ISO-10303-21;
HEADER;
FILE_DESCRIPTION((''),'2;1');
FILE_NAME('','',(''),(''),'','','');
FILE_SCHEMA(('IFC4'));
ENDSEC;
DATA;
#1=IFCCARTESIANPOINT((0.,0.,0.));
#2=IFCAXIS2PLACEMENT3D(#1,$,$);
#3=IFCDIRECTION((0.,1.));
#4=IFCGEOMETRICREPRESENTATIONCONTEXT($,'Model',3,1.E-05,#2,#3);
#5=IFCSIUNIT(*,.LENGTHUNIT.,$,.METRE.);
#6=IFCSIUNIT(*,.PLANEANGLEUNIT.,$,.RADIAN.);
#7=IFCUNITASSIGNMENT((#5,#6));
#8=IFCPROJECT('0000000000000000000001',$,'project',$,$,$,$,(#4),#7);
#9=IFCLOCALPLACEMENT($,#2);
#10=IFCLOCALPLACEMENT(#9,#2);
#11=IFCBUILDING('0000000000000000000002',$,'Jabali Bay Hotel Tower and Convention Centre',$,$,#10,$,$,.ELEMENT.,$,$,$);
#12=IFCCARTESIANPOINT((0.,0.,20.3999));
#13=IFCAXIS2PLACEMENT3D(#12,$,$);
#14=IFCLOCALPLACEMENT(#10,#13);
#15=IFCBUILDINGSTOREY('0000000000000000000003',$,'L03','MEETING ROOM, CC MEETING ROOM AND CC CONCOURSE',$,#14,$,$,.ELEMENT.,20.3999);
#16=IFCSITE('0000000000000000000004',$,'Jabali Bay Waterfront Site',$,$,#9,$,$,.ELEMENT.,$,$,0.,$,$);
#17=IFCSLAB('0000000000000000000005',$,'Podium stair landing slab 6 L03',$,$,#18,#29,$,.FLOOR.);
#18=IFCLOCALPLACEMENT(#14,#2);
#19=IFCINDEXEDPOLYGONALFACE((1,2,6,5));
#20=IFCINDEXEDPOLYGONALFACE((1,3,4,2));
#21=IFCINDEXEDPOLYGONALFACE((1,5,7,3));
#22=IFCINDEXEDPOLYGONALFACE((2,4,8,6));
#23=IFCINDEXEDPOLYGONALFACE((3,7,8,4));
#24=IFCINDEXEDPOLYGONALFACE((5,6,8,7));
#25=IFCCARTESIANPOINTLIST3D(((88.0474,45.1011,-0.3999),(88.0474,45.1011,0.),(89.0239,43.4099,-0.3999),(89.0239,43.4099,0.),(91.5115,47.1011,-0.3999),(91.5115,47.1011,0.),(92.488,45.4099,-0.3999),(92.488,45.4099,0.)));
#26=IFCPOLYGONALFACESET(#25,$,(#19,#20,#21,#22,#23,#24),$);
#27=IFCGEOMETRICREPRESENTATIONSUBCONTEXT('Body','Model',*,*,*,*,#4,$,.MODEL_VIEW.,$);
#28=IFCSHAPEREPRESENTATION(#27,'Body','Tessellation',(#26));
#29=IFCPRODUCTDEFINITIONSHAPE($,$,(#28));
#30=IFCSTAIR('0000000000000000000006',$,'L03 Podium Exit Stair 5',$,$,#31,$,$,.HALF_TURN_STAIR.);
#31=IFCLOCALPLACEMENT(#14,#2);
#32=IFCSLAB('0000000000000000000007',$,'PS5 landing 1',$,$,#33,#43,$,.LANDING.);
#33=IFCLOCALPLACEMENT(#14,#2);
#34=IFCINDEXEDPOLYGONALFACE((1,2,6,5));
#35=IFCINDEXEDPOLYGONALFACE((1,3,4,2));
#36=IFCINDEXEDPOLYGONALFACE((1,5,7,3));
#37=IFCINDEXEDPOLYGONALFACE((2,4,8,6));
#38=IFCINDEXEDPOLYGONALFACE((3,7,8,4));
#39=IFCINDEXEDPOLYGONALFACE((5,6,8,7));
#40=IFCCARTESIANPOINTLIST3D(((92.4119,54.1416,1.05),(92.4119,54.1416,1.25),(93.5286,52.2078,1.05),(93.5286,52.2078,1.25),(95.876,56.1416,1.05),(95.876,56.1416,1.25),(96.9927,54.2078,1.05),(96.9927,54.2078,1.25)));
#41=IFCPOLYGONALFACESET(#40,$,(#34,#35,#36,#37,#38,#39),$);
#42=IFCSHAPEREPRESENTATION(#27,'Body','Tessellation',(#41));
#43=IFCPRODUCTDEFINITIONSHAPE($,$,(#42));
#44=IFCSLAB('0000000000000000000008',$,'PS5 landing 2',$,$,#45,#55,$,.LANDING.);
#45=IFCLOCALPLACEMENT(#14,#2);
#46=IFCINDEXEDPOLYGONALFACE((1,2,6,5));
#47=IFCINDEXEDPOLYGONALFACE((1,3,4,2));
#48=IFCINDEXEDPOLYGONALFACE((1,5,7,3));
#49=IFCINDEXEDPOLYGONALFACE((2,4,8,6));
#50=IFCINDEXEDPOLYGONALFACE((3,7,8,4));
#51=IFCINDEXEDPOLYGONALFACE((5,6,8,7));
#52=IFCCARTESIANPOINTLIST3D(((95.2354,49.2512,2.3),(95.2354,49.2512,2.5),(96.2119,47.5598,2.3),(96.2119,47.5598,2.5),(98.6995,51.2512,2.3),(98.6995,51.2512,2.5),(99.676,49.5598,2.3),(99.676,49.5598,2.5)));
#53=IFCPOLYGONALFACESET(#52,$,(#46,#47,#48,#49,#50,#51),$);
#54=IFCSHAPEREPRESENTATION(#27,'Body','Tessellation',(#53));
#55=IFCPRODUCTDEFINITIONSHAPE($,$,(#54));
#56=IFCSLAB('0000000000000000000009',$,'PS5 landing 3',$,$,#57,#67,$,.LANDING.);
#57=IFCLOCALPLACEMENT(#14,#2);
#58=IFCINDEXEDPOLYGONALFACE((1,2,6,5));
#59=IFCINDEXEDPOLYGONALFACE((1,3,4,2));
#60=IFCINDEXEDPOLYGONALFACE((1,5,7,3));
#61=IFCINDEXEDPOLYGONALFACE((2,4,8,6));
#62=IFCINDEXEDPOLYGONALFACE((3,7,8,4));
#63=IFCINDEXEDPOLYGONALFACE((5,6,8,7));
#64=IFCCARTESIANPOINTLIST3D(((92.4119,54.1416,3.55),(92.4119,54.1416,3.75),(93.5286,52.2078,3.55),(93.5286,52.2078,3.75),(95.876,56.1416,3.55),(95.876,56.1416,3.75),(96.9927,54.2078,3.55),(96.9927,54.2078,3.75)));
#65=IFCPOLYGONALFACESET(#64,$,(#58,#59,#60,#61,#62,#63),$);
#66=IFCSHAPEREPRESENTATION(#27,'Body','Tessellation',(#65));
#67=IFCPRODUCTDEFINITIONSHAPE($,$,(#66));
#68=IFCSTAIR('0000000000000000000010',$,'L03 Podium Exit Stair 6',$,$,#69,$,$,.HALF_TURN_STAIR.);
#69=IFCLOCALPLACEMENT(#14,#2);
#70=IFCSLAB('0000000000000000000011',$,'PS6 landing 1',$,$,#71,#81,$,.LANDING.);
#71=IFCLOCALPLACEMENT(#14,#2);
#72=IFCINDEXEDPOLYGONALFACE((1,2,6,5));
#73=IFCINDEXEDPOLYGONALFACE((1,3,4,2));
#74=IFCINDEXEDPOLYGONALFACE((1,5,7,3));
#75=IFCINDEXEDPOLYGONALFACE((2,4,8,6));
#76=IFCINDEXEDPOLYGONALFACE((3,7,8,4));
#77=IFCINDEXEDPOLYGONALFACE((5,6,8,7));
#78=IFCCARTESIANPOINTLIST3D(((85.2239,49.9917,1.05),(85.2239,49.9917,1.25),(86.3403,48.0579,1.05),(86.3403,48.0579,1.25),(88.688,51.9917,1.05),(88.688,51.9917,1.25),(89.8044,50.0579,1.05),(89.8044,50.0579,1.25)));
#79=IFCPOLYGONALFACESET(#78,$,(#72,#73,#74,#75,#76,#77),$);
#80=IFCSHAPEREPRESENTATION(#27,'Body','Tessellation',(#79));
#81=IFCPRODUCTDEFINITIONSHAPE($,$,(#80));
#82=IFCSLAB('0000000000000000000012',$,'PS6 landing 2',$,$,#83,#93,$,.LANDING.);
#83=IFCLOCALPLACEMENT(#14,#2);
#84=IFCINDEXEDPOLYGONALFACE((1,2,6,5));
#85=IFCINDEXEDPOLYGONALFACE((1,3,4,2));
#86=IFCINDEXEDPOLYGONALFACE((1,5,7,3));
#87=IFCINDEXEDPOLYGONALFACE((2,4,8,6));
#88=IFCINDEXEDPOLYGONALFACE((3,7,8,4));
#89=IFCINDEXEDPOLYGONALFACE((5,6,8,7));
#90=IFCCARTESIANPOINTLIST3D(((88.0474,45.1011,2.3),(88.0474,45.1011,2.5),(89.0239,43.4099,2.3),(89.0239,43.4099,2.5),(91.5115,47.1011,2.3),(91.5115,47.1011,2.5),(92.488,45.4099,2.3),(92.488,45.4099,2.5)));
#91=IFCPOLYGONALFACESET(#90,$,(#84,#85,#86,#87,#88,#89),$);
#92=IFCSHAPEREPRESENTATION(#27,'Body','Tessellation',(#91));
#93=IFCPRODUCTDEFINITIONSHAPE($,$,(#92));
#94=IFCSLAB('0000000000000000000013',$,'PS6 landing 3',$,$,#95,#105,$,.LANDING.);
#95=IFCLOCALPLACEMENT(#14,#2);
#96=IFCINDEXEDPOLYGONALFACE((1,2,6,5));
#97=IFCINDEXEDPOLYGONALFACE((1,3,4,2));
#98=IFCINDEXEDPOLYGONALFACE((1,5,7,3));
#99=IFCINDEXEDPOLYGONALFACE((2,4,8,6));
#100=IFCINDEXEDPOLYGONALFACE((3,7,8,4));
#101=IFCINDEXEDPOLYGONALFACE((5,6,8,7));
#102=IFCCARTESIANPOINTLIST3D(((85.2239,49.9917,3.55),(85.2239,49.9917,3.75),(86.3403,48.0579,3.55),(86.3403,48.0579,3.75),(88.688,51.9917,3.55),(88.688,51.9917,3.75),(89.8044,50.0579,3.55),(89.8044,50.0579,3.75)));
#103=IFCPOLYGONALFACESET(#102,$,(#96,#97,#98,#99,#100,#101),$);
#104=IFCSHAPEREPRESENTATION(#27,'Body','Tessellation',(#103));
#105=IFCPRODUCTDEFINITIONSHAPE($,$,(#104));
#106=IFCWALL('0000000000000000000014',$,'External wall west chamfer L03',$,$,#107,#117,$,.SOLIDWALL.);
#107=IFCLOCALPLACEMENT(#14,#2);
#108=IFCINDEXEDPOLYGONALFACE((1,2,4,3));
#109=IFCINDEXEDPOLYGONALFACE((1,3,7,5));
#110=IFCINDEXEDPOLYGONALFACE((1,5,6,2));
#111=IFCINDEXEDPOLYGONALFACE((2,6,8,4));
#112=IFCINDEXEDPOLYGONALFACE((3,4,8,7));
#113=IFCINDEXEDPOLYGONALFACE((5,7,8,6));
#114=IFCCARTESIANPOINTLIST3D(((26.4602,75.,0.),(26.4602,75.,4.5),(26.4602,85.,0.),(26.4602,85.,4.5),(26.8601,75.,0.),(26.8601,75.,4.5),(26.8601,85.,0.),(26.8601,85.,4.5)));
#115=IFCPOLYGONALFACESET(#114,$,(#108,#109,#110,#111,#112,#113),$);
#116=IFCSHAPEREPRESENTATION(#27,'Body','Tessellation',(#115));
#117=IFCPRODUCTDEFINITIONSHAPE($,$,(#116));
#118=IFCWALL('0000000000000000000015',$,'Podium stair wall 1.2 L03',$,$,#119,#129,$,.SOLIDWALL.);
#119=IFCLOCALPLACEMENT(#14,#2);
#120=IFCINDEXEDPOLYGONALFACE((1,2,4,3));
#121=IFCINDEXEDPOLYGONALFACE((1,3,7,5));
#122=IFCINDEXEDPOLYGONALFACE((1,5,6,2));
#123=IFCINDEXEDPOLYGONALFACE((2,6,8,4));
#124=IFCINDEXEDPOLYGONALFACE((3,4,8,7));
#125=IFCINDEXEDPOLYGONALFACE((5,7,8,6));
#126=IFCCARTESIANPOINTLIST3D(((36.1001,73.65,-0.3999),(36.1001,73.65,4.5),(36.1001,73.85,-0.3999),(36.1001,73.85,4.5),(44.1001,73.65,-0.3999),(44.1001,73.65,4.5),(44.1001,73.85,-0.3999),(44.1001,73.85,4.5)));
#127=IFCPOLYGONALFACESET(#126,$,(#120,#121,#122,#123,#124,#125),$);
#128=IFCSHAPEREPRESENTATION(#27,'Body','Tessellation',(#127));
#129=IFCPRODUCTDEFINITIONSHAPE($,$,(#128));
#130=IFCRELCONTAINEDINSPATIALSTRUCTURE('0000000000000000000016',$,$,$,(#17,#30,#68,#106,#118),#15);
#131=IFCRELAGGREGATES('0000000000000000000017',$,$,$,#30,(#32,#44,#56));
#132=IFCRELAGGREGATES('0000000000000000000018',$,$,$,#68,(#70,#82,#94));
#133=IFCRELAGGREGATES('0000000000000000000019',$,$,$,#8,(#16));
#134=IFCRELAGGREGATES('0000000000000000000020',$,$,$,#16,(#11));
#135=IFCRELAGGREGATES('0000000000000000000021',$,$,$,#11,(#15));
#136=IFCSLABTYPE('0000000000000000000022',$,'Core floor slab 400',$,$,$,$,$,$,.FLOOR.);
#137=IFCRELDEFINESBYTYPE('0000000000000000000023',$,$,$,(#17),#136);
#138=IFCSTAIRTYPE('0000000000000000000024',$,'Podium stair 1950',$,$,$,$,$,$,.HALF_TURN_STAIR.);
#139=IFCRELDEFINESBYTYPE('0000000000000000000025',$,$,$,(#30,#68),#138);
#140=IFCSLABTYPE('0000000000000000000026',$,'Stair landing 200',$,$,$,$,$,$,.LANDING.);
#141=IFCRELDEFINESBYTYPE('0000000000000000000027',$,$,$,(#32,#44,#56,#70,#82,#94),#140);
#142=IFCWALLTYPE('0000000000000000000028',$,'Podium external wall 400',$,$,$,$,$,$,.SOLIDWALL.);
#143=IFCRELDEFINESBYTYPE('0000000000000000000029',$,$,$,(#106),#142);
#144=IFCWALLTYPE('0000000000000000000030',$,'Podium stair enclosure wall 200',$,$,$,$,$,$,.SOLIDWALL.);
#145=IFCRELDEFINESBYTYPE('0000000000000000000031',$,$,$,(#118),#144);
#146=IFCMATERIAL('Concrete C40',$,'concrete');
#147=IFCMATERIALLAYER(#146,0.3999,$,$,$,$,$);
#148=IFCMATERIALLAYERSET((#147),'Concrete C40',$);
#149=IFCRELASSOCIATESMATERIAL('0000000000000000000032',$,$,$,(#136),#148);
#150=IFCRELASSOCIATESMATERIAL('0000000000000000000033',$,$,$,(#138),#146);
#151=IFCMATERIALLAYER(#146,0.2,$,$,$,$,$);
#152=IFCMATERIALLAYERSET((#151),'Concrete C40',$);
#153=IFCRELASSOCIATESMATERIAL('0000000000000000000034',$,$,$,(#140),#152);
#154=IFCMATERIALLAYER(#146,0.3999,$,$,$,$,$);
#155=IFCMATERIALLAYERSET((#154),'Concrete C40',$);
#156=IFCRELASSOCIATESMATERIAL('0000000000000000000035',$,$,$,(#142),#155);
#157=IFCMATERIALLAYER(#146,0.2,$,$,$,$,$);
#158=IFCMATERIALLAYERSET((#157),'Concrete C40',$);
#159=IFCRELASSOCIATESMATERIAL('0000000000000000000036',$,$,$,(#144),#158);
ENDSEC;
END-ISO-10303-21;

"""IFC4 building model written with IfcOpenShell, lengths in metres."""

from ifc_helpers import new_model, si_unit, direction, frame, frame_2d, origin, place, context, subcontext, project, spatial, polyline, rectangle, outline, extrude, material, layer, layer_set, type_object, element, aggregate, save


model = new_model("IFC4")

# Units and contexts
model_context = context("Model", 3, precision=1e-05, world=origin(), true_north=direction((0.0, 1.0)))
body_context = subcontext(model_context, "Body", "Model", "MODEL_VIEW")
ifc_project = project(units=[si_unit("LENGTHUNIT", "METRE"), si_unit("PLANEANGLEUNIT", "RADIAN")], contexts=[model_context])

# Site, building, storey
site_placement = place(None, origin())
site = spatial("IfcSite", under=ifc_project, at=site_placement, Name="Jabali Bay Waterfront Site", CompositionType="ELEMENT", RefElevation=0.0)
building_placement = place(site_placement, origin())
building = spatial("IfcBuilding", under=site, at=building_placement, Name="Jabali Bay Hotel Tower and Convention Centre", CompositionType="ELEMENT")
storey_placement = place(building_placement, frame((0.0, 0.0, 20.3999)))
storey = spatial("IfcBuildingStorey", under=building, at=storey_placement, Name="L03", Description="MEETING ROOM, CC MEETING ROOM AND CC CONCOURSE", CompositionType="ELEMENT", Elevation=20.3999)

# Shared definitions
ifc_material_1 = material(Name="Concrete C40", Category="concrete")

# Slab
ifc_layer_1 = layer(ifc_material_1, 0.3999)
ifc_layer_set_1 = layer_set([ifc_layer_1], Name="Concrete C40")
slab_type_1 = type_object("IfcSlabType", Name="Core floor slab 400", PredefinedType="FLOOR", material=ifc_layer_set_1)
slab_1_placement = place(storey_placement, frame((0.0, 0.0, -0.3999)))
element("IfcSlab", 1, at=slab_1_placement, inside=storey, type_object=slab_type_1, Name="Podium stair landing slab 6 L03", PredefinedType="FLOOR", context=body_context, shape_type="SweptSolid", body=[
    extrude(outline(polyline([(92.488, 45.4099), (91.5115, 47.1011), (88.0474, 45.1011), (89.0239, 43.4099), (92.488, 45.4099)])), origin(), (0.0, 0.0, 1.0), 0.3999),
])

# Stairs, slabs
stair_type_1 = type_object("IfcStairType", Name="Podium stair 1950", PredefinedType="HALF_TURN_STAIR", material=ifc_material_1)
stair_1_placement = place(storey_placement, origin())
stair_1 = element("IfcStair", 2, at=stair_1_placement, inside=storey, type_object=stair_type_1, Name="L03 Podium Exit Stair 5", PredefinedType="HALF_TURN_STAIR")
ifc_layer_2 = layer(ifc_material_1, 0.2)
ifc_layer_set_2 = layer_set([ifc_layer_2], Name="Concrete C40")
slab_type_2 = type_object("IfcSlabType", Name="Stair landing 200", PredefinedType="LANDING", material=ifc_layer_set_2)
slab_2_placement = place(storey_placement, frame((0.0, 0.0, 1.05)))
slab_2 = element("IfcSlab", 3, at=slab_2_placement, type_object=slab_type_2, Name="PS5 landing 1", PredefinedType="LANDING", context=body_context, shape_type="SweptSolid", body=[
    extrude(outline(polyline([(96.9927, 54.2078), (95.876, 56.1416), (92.4119, 54.1416), (93.5286, 52.2078), (96.9927, 54.2078)])), origin(), (0.0, 0.0, 1.0), 0.2),
])
slab_3_placement = place(storey_placement, frame((0.0, 0.0, 2.3)))
slab_3 = element("IfcSlab", 4, at=slab_3_placement, type_object=slab_type_2, Name="PS5 landing 2", PredefinedType="LANDING", context=body_context, shape_type="SweptSolid", body=[
    extrude(outline(polyline([(99.676, 49.5598), (98.6995, 51.2512), (95.2354, 49.2512), (96.2119, 47.5598), (99.676, 49.5598)])), origin(), (0.0, 0.0, 1.0), 0.2),
])
slab_4_placement = place(storey_placement, frame((0.0, 0.0, 3.55)))
slab_4 = element("IfcSlab", 5, at=slab_4_placement, type_object=slab_type_2, Name="PS5 landing 3", PredefinedType="LANDING", context=body_context, shape_type="SweptSolid", body=[
    extrude(outline(polyline([(96.9927, 54.2078), (95.876, 56.1416), (92.4119, 54.1416), (93.5286, 52.2078), (96.9927, 54.2078)])), origin(), (0.0, 0.0, 1.0), 0.2),
])
aggregate(stair_1, [slab_2, slab_3, slab_4])
stair_2_placement = place(storey_placement, origin())
stair_2 = element("IfcStair", 6, at=stair_2_placement, inside=storey, type_object=stair_type_1, Name="L03 Podium Exit Stair 6", PredefinedType="HALF_TURN_STAIR")
slab_5_placement = place(storey_placement, frame((0.0, 0.0, 1.05)))
slab_5 = element("IfcSlab", 7, at=slab_5_placement, type_object=slab_type_2, Name="PS6 landing 1", PredefinedType="LANDING", context=body_context, shape_type="SweptSolid", body=[
    extrude(outline(polyline([(89.8044, 50.0579), (88.688, 51.9917), (85.2239, 49.9917), (86.3403, 48.0579), (89.8044, 50.0579)])), origin(), (0.0, 0.0, 1.0), 0.2),
])
slab_6_placement = place(storey_placement, frame((0.0, 0.0, 2.3)))
slab_6 = element("IfcSlab", 8, at=slab_6_placement, type_object=slab_type_2, Name="PS6 landing 2", PredefinedType="LANDING", context=body_context, shape_type="SweptSolid", body=[
    extrude(outline(polyline([(92.488, 45.4099), (91.5115, 47.1011), (88.0474, 45.1011), (89.0239, 43.4099), (92.488, 45.4099)])), origin(), (0.0, 0.0, 1.0), 0.2),
])
slab_7_placement = place(storey_placement, frame((0.0, 0.0, 3.55)))
slab_7 = element("IfcSlab", 9, at=slab_7_placement, type_object=slab_type_2, Name="PS6 landing 3", PredefinedType="LANDING", context=body_context, shape_type="SweptSolid", body=[
    extrude(outline(polyline([(89.8044, 50.0579), (88.688, 51.9917), (85.2239, 49.9917), (86.3403, 48.0579), (89.8044, 50.0579)])), origin(), (0.0, 0.0, 1.0), 0.2),
])
aggregate(stair_2, [slab_5, slab_6, slab_7])

# Walls
ifc_layer_3 = layer(ifc_material_1, 0.3999)
ifc_layer_set_3 = layer_set([ifc_layer_3], Name="Concrete C40")
wall_type_1 = type_object("IfcWallType", Name="Podium external wall 400", PredefinedType="SOLIDWALL", material=ifc_layer_set_3)
wall_1_placement = place(storey_placement, frame((26.6602, 75.0, 0.0), z_axis=(0.0, 0.0, 1.0), x_axis=(0.0, 1.0, 0.0)))
element("IfcWall", 10, at=wall_1_placement, inside=storey, type_object=wall_type_1, Name="External wall west chamfer L03", PredefinedType="SOLIDWALL", context=body_context, shape_type="SweptSolid", body=[
    extrude(rectangle(XDim=10.0, YDim=0.3999, at=frame_2d((5.0, 0.0))), origin(), (0.0, 0.0, 1.0), 4.5),
])
ifc_layer_4 = layer(ifc_material_1, 0.2)
ifc_layer_set_4 = layer_set([ifc_layer_4], Name="Concrete C40")
wall_type_2 = type_object("IfcWallType", Name="Podium stair enclosure wall 200", PredefinedType="SOLIDWALL", material=ifc_layer_set_4)
wall_2_placement = place(storey_placement, frame((36.1001, 73.75, -0.3999), z_axis=(0.0, 0.0, 1.0), x_axis=(1.0, 0.0, 0.0)))
element("IfcWall", 11, at=wall_2_placement, inside=storey, type_object=wall_type_2, Name="Podium stair wall 1.2 L03", PredefinedType="SOLIDWALL", context=body_context, shape_type="SweptSolid", body=[
    extrude(rectangle(XDim=8.0, YDim=0.2, at=frame_2d((4.0, 0.0))), origin(), (0.0, 0.0, 1.0), 4.8999),
])

save(model, "model.ifc")
